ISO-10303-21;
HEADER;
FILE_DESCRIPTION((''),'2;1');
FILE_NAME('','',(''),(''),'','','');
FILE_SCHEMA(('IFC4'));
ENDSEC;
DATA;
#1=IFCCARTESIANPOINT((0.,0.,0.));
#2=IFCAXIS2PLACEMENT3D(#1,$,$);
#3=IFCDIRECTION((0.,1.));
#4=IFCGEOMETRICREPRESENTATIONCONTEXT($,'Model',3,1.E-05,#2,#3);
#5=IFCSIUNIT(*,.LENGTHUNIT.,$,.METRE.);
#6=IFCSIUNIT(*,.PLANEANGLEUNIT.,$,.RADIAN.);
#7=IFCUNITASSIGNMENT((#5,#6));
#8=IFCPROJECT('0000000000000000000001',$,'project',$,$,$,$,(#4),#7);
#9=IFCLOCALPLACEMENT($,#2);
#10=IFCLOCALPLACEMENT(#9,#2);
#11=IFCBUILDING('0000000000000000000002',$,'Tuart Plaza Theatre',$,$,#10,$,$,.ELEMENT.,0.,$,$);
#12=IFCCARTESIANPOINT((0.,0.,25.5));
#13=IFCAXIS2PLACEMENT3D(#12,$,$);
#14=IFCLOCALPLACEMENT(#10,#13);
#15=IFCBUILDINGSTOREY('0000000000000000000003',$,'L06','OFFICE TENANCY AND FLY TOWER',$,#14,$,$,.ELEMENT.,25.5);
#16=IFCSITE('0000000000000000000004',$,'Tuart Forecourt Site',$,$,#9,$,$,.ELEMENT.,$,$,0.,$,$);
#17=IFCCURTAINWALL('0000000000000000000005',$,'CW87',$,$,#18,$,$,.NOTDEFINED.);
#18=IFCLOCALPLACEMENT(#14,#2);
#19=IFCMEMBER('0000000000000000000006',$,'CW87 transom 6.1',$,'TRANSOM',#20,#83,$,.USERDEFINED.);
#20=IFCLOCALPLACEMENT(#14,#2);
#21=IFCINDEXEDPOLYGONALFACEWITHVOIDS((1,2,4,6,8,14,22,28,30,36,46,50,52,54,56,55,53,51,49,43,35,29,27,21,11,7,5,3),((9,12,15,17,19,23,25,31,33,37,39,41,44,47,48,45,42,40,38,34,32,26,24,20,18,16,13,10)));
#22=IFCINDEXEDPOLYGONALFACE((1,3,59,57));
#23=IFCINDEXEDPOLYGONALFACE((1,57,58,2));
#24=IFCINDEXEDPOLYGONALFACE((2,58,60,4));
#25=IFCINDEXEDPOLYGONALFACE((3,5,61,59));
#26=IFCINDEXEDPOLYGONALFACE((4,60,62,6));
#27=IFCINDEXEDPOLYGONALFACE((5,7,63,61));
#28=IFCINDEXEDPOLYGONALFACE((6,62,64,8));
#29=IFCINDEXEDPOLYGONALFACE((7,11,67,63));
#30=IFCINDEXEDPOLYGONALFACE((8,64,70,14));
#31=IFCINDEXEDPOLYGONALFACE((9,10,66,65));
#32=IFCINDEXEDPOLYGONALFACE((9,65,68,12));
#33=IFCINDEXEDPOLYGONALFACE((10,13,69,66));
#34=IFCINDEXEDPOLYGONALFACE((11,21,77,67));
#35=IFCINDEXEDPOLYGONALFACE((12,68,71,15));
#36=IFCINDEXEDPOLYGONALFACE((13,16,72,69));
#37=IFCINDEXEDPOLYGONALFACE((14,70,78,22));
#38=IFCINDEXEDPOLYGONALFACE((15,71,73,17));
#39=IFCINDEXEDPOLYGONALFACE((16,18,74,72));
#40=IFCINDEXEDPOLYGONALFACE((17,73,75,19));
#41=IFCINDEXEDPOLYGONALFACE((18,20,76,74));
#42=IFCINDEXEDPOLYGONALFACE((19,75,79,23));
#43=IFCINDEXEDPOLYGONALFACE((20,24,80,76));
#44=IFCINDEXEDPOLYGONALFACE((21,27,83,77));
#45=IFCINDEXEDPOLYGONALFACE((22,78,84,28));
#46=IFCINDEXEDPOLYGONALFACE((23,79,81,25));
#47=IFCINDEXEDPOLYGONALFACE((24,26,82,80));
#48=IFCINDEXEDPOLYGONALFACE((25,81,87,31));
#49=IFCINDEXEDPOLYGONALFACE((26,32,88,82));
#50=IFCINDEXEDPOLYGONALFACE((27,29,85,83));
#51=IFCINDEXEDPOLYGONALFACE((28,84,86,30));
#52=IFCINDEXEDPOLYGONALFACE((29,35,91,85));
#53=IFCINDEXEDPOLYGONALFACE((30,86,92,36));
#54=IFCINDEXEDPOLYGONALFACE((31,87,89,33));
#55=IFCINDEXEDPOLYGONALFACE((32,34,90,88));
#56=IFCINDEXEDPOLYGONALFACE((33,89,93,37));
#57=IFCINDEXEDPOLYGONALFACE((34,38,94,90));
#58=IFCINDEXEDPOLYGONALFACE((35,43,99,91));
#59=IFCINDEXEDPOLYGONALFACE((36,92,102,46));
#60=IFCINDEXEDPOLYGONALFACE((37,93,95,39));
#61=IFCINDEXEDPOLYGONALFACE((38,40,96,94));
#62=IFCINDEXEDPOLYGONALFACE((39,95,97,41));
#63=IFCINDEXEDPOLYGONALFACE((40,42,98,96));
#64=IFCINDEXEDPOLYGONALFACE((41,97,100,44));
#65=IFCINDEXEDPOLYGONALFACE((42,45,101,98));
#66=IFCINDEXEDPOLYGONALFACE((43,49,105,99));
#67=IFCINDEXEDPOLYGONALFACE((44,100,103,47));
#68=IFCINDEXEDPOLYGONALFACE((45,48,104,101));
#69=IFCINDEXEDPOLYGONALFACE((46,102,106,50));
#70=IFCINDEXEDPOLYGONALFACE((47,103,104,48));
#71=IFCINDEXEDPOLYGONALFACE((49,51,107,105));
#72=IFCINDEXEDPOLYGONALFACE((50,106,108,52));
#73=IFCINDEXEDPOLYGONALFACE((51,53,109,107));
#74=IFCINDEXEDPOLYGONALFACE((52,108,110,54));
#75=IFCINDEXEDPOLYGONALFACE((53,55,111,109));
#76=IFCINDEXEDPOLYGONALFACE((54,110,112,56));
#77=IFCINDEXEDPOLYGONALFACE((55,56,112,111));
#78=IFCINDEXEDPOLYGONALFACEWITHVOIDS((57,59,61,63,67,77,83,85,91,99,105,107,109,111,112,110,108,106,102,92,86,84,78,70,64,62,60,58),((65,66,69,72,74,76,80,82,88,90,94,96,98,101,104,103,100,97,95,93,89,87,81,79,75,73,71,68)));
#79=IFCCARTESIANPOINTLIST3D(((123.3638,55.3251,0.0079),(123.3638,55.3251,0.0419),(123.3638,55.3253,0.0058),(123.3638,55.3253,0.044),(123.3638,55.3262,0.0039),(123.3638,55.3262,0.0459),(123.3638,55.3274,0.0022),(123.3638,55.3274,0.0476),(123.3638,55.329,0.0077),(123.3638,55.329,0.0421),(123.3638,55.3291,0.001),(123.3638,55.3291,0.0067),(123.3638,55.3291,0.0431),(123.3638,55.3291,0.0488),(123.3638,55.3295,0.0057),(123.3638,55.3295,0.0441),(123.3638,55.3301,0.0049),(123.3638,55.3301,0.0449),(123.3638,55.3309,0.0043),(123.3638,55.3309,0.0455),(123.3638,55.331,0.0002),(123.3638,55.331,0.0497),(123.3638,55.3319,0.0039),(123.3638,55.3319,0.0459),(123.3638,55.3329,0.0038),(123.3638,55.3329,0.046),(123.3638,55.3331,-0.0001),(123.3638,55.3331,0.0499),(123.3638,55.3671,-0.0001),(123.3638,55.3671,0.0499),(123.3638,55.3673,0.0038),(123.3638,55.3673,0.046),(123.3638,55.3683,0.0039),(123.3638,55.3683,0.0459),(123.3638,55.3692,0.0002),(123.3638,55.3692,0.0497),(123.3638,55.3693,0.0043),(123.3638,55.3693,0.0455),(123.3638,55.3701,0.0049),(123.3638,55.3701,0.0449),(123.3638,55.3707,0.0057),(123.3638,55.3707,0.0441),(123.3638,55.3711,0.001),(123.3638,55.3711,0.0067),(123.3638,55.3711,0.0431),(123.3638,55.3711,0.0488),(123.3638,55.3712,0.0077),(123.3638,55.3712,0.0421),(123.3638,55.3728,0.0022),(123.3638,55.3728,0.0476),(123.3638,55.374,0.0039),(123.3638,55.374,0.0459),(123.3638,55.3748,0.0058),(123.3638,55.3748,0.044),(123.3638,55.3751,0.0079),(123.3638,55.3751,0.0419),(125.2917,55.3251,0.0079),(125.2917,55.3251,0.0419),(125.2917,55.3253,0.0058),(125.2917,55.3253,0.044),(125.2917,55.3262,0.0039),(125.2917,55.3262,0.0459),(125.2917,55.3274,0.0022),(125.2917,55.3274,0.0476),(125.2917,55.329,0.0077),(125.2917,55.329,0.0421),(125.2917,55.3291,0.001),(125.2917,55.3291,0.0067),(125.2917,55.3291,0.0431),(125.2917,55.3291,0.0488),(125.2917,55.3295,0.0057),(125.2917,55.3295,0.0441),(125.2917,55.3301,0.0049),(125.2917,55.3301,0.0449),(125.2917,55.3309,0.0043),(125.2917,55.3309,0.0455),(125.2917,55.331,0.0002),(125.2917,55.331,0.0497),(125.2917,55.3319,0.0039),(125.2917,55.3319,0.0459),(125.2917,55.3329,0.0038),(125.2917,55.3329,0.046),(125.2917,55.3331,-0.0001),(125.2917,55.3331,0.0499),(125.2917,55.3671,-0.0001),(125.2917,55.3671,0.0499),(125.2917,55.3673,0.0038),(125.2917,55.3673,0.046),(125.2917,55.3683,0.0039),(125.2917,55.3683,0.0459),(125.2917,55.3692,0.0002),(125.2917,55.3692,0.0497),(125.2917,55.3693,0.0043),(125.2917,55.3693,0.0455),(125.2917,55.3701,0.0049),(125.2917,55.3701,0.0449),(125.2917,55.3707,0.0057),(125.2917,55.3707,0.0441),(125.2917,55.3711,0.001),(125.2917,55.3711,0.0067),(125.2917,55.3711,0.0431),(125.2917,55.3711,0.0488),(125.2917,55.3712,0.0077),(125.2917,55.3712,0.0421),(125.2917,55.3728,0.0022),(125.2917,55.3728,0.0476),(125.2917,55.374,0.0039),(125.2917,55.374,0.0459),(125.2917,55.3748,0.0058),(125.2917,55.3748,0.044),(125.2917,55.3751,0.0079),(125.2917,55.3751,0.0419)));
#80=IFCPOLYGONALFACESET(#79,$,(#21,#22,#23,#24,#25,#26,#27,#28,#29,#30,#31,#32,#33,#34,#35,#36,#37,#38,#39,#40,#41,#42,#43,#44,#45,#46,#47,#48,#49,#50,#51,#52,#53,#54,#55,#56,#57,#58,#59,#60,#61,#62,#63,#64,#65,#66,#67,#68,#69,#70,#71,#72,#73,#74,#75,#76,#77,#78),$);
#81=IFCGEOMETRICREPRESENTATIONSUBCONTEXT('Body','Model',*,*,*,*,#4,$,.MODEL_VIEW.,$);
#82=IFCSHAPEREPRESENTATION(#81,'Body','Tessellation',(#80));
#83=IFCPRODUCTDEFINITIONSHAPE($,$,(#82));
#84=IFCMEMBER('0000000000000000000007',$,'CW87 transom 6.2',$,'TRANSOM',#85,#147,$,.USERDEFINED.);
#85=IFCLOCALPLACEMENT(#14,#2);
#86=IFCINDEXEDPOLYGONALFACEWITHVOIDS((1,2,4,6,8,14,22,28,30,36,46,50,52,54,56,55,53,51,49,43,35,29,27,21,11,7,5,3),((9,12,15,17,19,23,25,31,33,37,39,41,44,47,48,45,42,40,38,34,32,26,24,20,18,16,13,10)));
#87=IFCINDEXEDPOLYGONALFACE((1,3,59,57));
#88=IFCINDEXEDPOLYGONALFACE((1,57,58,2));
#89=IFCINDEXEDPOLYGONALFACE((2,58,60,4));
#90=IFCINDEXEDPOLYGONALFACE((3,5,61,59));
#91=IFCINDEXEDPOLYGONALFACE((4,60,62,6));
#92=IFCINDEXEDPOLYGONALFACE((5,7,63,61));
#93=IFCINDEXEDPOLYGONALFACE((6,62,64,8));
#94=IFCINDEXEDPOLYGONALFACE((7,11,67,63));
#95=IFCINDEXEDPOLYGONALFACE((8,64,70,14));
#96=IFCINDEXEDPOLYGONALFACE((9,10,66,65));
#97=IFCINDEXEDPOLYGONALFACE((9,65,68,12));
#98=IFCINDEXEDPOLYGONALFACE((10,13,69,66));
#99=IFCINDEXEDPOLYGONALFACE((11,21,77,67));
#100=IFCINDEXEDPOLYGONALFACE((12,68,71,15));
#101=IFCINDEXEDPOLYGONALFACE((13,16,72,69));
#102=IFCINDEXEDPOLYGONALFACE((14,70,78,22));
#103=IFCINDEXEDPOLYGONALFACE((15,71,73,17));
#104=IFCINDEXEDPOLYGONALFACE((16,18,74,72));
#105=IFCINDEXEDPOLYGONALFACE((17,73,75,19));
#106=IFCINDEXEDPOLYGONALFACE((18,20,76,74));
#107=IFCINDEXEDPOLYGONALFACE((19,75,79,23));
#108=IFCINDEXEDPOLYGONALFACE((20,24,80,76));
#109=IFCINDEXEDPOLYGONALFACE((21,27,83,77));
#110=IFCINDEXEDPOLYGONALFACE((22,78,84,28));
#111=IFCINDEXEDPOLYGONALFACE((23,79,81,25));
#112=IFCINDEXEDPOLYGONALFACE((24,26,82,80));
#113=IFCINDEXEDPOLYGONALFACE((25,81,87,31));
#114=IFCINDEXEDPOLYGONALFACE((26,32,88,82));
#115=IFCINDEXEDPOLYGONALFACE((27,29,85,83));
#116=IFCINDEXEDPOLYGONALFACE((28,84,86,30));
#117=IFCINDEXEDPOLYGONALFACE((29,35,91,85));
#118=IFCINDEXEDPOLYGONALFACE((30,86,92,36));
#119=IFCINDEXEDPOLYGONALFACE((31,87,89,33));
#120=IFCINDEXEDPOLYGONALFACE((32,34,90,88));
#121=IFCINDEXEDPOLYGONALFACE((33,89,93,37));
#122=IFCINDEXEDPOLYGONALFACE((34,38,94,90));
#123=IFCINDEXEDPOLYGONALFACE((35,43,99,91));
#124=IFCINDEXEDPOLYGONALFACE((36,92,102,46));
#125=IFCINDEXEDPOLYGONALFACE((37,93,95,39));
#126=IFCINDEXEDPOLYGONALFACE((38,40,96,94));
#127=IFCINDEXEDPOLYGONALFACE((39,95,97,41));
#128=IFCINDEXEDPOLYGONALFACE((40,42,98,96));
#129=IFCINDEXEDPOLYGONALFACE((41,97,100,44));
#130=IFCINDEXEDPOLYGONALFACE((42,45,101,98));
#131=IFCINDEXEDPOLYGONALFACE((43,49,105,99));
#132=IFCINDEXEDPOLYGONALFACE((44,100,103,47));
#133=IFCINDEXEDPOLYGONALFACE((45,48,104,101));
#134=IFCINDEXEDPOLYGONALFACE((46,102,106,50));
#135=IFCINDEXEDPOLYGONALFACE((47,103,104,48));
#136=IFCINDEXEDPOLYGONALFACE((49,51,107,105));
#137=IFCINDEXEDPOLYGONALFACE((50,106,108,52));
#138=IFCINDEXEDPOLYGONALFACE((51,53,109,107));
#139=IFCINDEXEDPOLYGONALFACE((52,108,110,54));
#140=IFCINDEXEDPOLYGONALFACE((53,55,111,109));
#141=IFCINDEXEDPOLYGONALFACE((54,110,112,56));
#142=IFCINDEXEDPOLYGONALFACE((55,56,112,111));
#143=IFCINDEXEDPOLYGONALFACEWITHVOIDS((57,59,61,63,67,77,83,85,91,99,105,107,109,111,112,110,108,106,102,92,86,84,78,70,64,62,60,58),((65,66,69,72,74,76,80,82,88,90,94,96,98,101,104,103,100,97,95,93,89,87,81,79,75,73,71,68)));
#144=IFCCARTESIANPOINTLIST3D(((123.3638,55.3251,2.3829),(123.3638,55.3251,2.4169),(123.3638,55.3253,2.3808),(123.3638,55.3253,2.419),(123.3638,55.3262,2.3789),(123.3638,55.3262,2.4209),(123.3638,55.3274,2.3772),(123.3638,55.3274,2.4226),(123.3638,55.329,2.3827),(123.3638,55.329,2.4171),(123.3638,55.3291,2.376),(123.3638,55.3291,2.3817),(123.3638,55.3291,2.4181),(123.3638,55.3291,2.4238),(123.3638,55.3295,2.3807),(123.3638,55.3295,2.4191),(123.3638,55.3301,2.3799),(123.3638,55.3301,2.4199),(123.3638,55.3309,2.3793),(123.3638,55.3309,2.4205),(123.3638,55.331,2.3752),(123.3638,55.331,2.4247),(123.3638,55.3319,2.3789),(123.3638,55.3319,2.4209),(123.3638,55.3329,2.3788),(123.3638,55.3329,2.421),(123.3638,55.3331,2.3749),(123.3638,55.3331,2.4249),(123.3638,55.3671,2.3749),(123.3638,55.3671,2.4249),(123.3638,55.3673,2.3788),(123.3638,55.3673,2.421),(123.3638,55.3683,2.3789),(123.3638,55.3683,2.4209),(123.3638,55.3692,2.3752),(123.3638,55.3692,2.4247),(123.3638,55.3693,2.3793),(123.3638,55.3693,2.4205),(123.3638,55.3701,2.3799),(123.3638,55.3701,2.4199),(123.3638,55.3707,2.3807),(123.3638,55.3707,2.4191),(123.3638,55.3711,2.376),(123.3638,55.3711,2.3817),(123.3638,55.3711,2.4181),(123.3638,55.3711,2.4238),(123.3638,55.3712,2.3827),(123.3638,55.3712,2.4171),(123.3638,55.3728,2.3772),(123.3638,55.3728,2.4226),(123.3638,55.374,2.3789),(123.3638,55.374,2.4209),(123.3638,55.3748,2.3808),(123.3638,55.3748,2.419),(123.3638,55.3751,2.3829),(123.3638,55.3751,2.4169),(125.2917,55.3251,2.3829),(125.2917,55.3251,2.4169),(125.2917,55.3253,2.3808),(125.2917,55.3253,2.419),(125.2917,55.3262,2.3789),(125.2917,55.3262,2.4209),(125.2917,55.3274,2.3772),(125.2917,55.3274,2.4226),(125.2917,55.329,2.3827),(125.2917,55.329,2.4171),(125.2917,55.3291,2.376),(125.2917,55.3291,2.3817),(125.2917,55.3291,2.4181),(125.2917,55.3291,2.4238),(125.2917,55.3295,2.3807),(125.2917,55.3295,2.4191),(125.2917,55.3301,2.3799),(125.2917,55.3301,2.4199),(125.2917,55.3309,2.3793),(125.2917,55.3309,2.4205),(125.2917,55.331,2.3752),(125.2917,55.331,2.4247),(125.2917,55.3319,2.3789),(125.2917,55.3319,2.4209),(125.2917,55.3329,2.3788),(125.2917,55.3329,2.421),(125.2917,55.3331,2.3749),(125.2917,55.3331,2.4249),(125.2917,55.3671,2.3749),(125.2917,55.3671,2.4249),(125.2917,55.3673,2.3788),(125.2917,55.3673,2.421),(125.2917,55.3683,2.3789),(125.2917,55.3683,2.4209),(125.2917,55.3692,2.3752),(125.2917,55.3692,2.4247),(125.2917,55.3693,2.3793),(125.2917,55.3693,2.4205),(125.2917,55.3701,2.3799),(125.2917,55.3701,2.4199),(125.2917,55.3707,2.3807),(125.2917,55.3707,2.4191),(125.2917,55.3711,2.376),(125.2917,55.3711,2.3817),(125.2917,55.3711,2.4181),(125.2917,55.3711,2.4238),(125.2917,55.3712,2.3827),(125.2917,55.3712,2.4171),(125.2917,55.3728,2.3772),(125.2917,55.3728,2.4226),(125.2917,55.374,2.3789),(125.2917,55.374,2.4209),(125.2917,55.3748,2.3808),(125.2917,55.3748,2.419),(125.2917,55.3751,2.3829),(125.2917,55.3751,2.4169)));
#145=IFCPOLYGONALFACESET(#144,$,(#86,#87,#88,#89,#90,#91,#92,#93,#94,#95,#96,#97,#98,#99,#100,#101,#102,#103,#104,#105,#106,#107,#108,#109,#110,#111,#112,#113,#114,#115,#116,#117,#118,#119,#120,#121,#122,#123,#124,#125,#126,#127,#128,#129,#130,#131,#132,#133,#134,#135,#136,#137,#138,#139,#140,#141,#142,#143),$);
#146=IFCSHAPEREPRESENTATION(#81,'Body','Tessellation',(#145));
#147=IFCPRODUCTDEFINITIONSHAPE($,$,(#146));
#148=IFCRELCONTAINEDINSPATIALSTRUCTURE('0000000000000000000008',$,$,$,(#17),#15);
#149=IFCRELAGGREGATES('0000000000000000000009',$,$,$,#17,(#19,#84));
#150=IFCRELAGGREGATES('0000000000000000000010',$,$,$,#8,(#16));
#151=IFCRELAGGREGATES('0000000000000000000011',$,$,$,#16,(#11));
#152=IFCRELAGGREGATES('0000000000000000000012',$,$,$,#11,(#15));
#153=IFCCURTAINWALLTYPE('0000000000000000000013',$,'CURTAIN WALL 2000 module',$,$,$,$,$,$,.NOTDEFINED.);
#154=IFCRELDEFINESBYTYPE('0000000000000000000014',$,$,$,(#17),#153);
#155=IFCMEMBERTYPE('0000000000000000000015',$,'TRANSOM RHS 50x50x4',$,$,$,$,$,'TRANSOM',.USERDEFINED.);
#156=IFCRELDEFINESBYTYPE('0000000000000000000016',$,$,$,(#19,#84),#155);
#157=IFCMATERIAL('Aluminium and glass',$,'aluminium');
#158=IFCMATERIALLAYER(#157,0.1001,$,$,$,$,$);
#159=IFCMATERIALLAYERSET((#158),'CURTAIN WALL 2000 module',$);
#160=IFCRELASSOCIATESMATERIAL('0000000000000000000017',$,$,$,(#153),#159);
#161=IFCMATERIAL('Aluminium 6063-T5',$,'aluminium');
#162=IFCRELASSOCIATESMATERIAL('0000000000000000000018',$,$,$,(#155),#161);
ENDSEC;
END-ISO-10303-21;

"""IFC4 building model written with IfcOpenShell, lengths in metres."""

from ifc_helpers import new_model, si_unit, direction, frame, origin, origin_2d, place, context, subcontext, project, spatial, hollow_rectangle, extrude, material, layer, layer_set, material_profile, profile_set, type_object, element, aggregate, save


model = new_model("IFC4")

# Units and contexts
model_context = context("Model", 3, precision=1e-05, world=origin(), true_north=direction((0.0, 1.0)))
body_context = subcontext(model_context, "Body", "Model", "MODEL_VIEW")
ifc_project = project(units=[si_unit("LENGTHUNIT", "METRE"), si_unit("PLANEANGLEUNIT", "RADIAN")], contexts=[model_context])

# Site, building, storey
site_placement = place(None, origin())
site = spatial("IfcSite", under=ifc_project, at=site_placement, Name="Tuart Forecourt Site", CompositionType="ELEMENT", RefElevation=0.0)
building_placement = place(site_placement, origin())
building = spatial("IfcBuilding", under=site, at=building_placement, Name="Tuart Plaza Theatre", CompositionType="ELEMENT", ElevationOfRefHeight=0.0)
storey_placement = place(building_placement, frame((0.0, 0.0, 25.5)))
storey = spatial("IfcBuildingStorey", under=building, at=storey_placement, Name="L06", Description="OFFICE TENANCY AND FLY TOWER", CompositionType="ELEMENT", Elevation=25.5)

# Curtain wall, members
ifc_material_1 = material(Name="Aluminium and glass", Category="aluminium")
ifc_layer_1 = layer(ifc_material_1, 0.1001)
ifc_layer_set_1 = layer_set([ifc_layer_1], Name="CURTAIN WALL 2000 module")
curtain_wall_type = type_object("IfcCurtainWallType", Name="CURTAIN WALL 2000 module", PredefinedType="NOTDEFINED", material=ifc_layer_set_1)
curtain_wall_placement = place(storey_placement, origin())
curtain_wall = element("IfcCurtainWall", 1, at=curtain_wall_placement, inside=storey, type_object=curtain_wall_type, Name="CW87", PredefinedType="NOTDEFINED")
ifc_material_2 = material(Name="Aluminium 6063-T5", Category="aluminium")
ifc_material_profile_1 = material_profile(ifc_material_2, hollow_rectangle(XDim=0.05, YDim=0.05, WallThickness=0.0039, InnerFilletRadius=0.0039, OuterFilletRadius=0.0081, at=origin_2d()), Name="RHS 50x50x4")
ifc_profile_set_1 = profile_set([ifc_material_profile_1], Name="Aluminium 6063-T5")
member_type_1 = type_object("IfcMemberType", Name="TRANSOM RHS 50x50x4", ElementType="TRANSOM", PredefinedType="USERDEFINED", material=ifc_profile_set_1)
member_1_placement = place(storey_placement, frame((123.3638, 55.3501, 0.0249), z_axis=(1.0, 0.0, 0.0), x_axis=(0.0, 1.0, 0.0)))
member_1 = element("IfcMember", 2, at=member_1_placement, type_object=member_type_1, Name="CW87 transom 6.1", ObjectType="TRANSOM", PredefinedType="USERDEFINED", context=body_context, shape_type="SweptSolid", body=[
    extrude(hollow_rectangle(XDim=0.05, YDim=0.05, WallThickness=0.0039, InnerFilletRadius=0.0039, OuterFilletRadius=0.0081, at=origin_2d()), origin(), (0.0, 0.0, 1.0), 1.928),
])
member_2_placement = place(storey_placement, frame((123.3638, 55.3501, 2.3999), z_axis=(1.0, 0.0, 0.0), x_axis=(0.0, 1.0, 0.0)))
member_2 = element("IfcMember", 3, at=member_2_placement, type_object=member_type_1, Name="CW87 transom 6.2", ObjectType="TRANSOM", PredefinedType="USERDEFINED", context=body_context, shape_type="SweptSolid", body=[
    extrude(hollow_rectangle(XDim=0.05, YDim=0.05, WallThickness=0.0039, InnerFilletRadius=0.0039, OuterFilletRadius=0.0081, at=origin_2d()), origin(), (0.0, 0.0, 1.0), 1.928),
])
aggregate(curtain_wall, [member_1, member_2])

save(model, "model.ifc")
